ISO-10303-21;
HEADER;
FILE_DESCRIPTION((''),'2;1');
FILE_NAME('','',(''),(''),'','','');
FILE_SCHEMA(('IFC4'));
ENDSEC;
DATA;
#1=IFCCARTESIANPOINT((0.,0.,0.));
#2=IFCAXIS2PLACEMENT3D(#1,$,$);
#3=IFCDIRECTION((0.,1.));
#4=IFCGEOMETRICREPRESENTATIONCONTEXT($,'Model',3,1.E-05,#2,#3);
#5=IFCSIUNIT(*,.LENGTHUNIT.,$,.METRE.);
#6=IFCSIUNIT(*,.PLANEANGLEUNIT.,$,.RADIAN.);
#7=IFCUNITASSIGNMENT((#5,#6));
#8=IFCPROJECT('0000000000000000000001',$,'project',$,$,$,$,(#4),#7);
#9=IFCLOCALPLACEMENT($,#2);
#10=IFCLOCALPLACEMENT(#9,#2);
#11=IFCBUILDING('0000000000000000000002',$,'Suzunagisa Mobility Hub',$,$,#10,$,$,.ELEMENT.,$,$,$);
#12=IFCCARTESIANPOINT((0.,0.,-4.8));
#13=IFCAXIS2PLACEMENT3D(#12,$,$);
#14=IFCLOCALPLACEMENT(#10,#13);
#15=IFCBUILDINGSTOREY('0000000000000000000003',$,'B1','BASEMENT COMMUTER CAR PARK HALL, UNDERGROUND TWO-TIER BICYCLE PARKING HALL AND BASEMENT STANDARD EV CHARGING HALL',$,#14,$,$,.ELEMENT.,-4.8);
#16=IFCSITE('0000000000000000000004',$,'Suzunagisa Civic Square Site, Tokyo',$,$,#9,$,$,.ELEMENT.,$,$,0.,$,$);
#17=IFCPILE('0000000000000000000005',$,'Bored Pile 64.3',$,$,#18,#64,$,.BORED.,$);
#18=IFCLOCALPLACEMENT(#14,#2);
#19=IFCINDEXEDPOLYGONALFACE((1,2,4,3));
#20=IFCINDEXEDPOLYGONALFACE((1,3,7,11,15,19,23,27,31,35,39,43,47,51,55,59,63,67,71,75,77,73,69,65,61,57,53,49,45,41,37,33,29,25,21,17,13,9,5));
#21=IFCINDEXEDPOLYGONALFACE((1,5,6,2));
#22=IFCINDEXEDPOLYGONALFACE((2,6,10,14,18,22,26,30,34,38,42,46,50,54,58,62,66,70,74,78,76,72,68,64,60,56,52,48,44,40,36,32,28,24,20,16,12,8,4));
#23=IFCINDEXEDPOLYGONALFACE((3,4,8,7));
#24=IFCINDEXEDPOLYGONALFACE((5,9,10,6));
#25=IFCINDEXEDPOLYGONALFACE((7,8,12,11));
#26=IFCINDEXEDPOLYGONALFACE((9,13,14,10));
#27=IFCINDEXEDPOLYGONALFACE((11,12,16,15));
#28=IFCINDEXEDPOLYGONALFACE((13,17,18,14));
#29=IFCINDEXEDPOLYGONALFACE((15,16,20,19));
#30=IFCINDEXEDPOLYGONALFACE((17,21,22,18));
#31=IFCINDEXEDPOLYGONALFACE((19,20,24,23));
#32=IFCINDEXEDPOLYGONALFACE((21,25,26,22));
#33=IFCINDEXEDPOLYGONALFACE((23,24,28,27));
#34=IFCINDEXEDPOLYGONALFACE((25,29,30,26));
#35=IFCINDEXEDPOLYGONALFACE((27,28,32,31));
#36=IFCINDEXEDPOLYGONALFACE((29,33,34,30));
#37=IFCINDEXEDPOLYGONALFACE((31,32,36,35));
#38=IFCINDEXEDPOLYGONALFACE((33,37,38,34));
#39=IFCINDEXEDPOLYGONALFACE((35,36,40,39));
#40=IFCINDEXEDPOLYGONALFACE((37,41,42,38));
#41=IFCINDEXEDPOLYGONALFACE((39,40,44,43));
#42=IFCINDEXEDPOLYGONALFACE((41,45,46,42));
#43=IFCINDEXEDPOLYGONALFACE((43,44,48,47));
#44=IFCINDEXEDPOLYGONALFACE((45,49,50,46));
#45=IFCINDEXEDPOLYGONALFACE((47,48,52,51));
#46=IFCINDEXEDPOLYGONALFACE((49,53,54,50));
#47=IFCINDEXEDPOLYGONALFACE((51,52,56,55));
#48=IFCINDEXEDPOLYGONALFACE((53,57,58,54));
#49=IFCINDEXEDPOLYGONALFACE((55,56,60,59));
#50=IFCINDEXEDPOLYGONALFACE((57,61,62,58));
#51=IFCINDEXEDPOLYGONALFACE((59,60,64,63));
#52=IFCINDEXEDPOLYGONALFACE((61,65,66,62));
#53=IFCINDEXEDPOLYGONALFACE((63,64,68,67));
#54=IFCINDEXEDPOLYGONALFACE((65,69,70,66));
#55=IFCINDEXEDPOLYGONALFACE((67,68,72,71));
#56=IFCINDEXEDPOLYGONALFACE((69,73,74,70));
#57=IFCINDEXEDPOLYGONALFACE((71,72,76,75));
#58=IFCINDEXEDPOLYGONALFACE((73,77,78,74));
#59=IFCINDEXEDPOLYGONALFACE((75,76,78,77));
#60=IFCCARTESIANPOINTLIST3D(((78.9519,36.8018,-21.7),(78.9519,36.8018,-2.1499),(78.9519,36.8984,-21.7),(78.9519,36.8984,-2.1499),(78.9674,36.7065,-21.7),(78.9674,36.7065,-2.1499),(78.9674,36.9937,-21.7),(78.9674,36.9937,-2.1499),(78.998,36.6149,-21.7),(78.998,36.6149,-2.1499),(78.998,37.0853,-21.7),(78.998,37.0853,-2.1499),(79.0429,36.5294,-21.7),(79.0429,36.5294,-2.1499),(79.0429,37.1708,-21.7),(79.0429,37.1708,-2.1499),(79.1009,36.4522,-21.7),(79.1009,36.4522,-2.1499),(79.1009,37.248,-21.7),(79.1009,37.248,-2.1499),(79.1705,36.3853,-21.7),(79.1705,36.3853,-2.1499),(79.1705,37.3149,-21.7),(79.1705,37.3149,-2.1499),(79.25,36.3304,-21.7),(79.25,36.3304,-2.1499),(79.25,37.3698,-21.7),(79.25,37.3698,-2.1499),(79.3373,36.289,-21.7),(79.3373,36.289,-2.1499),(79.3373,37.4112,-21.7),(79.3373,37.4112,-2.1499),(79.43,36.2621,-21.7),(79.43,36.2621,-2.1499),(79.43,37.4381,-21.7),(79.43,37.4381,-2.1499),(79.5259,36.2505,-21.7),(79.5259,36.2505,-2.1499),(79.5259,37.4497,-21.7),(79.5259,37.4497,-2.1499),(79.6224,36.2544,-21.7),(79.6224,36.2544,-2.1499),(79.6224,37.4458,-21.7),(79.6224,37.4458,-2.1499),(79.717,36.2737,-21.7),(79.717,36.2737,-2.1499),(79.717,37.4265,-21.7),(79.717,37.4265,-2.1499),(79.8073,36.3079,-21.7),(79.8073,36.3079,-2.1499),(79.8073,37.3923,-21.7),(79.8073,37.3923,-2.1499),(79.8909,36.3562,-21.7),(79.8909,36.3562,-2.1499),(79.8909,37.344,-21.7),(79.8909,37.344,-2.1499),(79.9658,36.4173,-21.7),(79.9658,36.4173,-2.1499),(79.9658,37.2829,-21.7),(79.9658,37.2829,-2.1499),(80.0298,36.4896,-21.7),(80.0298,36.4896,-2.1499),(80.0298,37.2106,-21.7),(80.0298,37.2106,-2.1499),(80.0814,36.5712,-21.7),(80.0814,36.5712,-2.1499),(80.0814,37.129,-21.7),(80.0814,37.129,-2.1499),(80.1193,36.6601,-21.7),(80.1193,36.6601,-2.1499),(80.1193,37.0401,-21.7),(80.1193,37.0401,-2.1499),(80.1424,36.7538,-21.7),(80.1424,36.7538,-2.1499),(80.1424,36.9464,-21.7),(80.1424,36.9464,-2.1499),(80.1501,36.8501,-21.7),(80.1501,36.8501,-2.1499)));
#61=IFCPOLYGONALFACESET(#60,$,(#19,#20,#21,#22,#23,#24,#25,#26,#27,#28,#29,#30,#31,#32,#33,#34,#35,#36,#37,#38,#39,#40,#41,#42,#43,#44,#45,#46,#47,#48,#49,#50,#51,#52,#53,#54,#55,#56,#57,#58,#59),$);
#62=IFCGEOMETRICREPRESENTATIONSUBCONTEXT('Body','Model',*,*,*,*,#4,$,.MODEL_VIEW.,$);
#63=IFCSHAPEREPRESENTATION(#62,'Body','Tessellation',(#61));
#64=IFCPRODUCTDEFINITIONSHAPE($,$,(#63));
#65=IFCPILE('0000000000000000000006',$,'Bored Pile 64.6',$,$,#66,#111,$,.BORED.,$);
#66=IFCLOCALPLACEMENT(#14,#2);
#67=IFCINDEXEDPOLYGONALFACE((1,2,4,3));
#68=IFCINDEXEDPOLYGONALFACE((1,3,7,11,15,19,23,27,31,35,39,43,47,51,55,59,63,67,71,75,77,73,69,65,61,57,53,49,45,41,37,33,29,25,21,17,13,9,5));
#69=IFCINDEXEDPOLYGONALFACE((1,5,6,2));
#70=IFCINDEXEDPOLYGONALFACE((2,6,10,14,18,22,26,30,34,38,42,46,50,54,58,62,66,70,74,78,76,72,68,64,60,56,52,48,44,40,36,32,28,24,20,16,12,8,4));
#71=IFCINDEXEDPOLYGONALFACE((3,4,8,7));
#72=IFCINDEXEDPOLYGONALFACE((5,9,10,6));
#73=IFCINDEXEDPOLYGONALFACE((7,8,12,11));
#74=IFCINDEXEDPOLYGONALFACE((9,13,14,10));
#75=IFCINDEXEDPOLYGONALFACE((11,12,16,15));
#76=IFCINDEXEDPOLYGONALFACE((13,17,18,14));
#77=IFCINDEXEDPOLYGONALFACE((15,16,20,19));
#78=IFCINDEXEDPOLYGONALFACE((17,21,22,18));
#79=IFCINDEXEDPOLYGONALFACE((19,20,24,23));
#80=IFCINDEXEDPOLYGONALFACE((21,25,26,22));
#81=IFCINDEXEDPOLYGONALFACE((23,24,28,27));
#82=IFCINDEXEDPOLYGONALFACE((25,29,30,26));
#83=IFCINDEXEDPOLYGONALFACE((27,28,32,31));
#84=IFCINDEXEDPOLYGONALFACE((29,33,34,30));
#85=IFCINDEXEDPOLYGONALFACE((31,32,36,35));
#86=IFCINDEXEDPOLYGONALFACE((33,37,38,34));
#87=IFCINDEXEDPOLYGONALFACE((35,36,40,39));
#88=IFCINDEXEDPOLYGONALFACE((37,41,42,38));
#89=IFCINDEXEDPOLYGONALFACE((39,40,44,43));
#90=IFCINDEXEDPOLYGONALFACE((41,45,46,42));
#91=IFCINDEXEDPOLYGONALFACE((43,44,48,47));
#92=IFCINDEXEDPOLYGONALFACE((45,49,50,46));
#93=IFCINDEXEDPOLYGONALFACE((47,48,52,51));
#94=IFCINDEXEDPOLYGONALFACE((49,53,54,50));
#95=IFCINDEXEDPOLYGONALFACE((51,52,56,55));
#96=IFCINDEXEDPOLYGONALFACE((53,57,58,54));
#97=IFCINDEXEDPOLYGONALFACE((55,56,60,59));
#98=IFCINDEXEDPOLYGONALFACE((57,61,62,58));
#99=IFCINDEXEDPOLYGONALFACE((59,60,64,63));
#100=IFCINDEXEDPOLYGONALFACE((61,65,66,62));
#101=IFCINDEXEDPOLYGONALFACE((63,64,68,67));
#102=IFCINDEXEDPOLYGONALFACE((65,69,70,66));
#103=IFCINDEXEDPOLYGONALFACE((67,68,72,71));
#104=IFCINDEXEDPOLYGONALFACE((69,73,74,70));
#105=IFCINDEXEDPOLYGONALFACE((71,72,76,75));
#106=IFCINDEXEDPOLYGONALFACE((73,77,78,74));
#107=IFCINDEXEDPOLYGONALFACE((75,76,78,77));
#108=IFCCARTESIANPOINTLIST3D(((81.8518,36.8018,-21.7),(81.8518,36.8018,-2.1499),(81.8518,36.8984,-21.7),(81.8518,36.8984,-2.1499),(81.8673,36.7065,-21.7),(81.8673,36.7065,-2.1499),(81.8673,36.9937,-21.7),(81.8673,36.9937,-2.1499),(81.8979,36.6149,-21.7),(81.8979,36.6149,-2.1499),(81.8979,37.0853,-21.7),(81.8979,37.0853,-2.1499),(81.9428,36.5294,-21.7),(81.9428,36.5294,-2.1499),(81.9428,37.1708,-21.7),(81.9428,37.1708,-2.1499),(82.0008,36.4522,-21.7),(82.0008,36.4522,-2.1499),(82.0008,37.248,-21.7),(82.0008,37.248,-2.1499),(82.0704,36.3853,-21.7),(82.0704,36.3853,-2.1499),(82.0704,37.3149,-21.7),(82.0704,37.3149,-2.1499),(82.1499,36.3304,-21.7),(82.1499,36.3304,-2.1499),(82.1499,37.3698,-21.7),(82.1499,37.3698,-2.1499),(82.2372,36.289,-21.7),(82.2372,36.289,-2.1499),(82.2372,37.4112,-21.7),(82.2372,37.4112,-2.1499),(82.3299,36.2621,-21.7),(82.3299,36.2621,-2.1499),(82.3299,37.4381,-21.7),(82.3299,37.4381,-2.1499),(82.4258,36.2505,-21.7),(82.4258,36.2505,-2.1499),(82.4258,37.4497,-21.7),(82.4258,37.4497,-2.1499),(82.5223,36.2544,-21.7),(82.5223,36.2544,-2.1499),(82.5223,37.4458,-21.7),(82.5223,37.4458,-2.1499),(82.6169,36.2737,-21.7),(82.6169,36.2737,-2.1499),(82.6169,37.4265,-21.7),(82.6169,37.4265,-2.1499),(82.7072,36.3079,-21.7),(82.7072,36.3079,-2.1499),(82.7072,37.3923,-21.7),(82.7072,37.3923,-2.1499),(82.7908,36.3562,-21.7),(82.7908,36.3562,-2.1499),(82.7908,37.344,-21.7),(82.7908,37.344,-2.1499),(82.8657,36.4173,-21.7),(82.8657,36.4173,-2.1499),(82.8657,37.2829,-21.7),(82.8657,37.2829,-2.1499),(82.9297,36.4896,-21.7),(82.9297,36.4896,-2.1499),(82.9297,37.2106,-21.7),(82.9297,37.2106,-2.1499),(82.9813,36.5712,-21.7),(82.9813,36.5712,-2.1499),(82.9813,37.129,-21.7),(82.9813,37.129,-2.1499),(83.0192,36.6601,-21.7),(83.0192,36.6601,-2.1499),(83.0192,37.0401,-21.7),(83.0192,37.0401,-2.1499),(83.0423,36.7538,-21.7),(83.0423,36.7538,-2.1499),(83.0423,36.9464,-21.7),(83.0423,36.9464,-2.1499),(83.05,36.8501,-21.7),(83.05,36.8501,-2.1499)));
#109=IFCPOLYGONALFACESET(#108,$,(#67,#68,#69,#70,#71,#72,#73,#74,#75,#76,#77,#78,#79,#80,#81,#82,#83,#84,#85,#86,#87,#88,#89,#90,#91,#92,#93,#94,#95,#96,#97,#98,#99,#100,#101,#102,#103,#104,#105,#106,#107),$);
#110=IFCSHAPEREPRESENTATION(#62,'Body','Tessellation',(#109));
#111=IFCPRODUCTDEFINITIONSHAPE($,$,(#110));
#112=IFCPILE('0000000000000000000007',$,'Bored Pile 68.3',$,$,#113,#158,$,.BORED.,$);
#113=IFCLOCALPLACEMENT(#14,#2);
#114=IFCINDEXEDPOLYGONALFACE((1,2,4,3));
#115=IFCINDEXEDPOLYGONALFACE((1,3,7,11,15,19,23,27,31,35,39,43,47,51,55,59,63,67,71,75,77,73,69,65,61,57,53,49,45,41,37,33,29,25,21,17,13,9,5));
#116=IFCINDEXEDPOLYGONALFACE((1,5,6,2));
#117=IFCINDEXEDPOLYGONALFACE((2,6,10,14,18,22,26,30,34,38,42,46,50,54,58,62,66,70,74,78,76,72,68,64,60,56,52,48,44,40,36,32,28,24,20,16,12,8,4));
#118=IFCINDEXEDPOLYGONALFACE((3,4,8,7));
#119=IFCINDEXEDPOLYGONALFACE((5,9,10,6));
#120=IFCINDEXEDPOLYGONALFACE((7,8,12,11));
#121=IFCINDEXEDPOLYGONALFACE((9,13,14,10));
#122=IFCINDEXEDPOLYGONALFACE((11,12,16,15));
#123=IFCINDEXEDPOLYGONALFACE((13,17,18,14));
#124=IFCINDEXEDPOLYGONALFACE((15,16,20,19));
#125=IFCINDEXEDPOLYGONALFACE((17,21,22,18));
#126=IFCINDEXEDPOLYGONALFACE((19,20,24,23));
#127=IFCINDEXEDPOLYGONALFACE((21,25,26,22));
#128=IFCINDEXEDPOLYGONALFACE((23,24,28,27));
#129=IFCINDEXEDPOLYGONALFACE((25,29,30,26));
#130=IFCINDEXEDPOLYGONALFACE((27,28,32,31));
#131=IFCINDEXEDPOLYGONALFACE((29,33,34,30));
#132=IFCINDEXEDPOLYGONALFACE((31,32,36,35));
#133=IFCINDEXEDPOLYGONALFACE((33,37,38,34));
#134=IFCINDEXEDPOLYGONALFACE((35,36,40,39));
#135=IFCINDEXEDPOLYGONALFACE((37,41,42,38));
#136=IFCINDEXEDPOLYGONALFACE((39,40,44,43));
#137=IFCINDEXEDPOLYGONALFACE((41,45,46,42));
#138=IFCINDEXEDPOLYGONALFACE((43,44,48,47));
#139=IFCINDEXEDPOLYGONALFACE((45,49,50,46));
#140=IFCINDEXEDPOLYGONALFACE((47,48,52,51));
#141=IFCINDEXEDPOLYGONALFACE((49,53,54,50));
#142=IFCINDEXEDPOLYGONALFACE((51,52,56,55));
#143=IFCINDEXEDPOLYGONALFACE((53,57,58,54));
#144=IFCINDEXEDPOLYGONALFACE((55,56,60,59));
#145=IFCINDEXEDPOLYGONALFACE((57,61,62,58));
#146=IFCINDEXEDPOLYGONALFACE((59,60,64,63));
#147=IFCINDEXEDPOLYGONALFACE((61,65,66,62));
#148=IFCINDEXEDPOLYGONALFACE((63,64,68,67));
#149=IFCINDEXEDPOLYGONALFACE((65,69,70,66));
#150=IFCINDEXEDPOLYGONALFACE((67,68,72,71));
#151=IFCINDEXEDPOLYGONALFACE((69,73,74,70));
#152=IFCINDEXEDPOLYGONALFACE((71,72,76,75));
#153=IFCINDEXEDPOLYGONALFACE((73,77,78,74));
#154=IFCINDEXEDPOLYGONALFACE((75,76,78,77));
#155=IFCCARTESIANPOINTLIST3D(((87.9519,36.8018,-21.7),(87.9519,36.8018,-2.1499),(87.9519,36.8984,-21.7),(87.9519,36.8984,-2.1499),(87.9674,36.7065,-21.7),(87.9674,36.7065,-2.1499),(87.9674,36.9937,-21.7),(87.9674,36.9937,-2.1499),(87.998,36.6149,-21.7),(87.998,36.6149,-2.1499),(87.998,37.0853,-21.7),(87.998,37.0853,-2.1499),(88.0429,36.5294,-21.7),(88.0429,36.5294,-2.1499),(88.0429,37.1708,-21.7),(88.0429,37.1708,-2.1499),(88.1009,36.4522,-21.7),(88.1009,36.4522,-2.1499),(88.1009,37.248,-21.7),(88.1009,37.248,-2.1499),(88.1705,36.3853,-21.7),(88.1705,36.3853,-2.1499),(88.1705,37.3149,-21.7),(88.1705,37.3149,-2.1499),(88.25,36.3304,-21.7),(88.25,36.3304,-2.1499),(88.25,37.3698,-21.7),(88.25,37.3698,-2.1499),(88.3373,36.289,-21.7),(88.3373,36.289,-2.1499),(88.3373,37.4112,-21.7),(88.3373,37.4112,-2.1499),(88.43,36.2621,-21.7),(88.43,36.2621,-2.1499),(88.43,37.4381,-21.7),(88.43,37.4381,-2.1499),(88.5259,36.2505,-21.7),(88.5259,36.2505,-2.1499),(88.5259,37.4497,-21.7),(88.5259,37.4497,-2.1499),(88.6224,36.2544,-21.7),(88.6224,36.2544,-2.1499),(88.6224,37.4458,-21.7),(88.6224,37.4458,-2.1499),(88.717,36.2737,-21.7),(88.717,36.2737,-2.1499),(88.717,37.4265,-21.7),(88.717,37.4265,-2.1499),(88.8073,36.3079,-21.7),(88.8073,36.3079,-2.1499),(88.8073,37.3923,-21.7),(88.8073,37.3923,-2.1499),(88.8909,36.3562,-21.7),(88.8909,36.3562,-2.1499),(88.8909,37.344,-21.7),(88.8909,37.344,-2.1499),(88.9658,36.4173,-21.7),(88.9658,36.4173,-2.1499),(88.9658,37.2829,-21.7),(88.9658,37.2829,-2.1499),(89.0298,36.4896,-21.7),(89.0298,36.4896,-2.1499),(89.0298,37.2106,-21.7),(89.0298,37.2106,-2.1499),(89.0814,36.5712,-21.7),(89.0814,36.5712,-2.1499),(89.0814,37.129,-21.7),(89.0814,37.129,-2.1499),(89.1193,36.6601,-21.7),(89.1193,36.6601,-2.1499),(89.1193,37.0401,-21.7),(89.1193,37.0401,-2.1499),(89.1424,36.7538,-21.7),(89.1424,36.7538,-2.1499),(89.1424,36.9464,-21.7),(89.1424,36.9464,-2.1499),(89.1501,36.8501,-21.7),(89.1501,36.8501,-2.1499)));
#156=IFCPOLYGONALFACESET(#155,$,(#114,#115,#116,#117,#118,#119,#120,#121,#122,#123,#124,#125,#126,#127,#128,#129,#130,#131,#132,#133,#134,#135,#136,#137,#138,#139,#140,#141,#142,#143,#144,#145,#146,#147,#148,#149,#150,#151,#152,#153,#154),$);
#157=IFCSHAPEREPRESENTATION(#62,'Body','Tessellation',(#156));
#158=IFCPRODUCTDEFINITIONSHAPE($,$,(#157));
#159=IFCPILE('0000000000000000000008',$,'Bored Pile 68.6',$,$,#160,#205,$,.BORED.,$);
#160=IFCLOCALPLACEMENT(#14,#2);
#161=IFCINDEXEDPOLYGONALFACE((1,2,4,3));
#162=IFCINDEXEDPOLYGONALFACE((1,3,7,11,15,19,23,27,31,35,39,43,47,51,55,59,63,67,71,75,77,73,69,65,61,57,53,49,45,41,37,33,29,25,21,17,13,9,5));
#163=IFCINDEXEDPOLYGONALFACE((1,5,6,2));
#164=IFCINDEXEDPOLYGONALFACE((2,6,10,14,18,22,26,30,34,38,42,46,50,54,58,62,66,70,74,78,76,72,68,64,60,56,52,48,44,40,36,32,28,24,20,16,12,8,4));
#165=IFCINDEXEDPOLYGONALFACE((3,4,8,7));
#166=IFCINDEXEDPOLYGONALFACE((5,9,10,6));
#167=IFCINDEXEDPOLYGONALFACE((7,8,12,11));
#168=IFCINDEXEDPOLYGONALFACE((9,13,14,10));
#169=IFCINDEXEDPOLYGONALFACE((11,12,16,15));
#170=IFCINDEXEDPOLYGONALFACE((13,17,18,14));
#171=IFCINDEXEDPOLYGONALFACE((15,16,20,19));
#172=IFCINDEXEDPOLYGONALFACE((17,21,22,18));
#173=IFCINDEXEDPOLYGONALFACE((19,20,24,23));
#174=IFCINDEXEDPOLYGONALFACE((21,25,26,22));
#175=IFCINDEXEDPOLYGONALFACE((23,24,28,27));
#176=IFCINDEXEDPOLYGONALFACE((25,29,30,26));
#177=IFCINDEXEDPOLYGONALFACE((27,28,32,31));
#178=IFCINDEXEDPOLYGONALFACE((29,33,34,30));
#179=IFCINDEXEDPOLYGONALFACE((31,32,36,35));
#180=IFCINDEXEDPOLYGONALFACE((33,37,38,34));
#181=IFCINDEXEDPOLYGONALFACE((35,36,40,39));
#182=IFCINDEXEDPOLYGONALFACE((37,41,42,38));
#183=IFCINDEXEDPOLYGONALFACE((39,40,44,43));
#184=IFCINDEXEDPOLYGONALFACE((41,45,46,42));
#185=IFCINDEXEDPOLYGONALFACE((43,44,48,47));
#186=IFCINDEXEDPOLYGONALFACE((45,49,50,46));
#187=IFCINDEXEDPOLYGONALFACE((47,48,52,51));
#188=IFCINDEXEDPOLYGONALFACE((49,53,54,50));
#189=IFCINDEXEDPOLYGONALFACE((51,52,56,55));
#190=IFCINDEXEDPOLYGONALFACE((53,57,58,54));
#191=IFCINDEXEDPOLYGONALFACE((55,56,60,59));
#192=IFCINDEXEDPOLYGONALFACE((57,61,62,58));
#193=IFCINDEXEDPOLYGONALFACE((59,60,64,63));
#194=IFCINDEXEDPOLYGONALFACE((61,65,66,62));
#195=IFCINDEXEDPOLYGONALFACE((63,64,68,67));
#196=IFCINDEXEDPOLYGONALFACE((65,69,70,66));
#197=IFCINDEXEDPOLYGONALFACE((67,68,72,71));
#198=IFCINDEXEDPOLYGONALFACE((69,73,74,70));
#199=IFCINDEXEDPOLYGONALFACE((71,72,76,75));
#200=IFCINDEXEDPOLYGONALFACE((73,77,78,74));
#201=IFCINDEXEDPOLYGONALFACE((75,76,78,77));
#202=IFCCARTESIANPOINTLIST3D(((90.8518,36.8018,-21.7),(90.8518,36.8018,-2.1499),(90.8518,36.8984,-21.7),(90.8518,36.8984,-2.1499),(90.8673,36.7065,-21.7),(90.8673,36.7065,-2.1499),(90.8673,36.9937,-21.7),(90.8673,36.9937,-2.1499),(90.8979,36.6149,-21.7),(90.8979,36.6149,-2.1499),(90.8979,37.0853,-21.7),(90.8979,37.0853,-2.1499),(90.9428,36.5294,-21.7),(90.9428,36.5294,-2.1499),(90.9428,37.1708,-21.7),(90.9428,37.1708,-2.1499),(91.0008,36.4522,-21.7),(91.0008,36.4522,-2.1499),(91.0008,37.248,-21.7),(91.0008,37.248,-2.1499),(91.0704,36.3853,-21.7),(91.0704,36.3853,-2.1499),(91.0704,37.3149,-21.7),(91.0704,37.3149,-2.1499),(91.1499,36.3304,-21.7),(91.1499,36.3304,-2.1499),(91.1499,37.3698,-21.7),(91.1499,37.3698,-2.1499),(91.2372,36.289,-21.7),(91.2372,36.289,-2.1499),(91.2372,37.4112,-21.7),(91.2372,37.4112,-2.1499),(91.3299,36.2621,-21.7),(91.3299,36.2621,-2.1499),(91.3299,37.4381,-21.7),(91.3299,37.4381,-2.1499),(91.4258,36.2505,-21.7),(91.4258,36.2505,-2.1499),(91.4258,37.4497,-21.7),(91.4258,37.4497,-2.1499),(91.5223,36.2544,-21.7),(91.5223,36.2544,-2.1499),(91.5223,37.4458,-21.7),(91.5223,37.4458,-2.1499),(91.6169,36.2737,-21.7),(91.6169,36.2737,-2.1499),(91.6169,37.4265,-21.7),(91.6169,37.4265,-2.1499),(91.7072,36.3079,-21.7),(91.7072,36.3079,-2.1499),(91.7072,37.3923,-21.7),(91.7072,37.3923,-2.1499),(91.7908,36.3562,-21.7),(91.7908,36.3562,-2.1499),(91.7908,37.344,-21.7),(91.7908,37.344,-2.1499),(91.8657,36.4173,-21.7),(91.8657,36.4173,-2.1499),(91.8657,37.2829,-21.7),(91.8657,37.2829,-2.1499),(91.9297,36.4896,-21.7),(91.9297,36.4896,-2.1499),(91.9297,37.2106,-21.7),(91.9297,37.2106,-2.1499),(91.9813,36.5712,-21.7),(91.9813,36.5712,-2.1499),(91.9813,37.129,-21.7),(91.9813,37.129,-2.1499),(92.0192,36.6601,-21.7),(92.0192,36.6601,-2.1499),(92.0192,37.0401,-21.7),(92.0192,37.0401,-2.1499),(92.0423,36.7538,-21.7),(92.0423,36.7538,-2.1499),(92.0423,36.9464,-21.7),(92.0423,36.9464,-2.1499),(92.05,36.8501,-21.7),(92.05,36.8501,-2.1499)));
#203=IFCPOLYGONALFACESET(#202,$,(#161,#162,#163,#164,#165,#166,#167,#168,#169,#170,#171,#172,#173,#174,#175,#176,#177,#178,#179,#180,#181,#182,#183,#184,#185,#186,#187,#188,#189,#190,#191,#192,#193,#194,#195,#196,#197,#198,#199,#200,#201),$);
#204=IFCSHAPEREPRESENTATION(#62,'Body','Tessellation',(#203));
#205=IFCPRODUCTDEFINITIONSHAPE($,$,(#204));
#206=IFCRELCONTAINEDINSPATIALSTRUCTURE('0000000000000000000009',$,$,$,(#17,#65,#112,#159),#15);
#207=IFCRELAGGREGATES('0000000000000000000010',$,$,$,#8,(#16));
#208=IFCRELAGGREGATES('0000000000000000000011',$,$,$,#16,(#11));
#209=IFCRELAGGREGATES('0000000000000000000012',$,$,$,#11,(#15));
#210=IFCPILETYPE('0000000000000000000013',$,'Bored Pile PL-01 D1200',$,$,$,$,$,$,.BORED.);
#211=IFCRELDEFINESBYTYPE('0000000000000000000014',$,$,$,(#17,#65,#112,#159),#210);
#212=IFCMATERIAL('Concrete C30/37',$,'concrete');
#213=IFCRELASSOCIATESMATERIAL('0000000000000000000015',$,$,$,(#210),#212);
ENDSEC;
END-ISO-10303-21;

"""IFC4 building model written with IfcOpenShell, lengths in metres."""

from ifc_helpers import new_model, si_unit, direction, frame, origin, origin_2d, place, context, subcontext, project, spatial, circle, extrude, material, material_profile, profile_set, type_object, element, save


model = new_model("IFC4")

# Units and contexts
model_context = context("Model", 3, precision=1e-05, world=origin(), true_north=direction((0.0, 1.0)))
body_context = subcontext(model_context, "Body", "Model", "MODEL_VIEW")
ifc_project = project(units=[si_unit("LENGTHUNIT", "METRE"), si_unit("PLANEANGLEUNIT", "RADIAN")], contexts=[model_context])

# Site, building, storey
site_placement = place(None, origin())
site = spatial("IfcSite", under=ifc_project, at=site_placement, Name="Suzunagisa Civic Square Site, Tokyo", CompositionType="ELEMENT", RefElevation=0.0)
building_placement = place(site_placement, origin())
building = spatial("IfcBuilding", under=site, at=building_placement, Name="Suzunagisa Mobility Hub", CompositionType="ELEMENT")
storey_placement = place(building_placement, frame((0.0, 0.0, -4.8)))
storey = spatial("IfcBuildingStorey", under=building, at=storey_placement, Name="B1", Description="BASEMENT COMMUTER CAR PARK HALL, UNDERGROUND TWO-TIER BICYCLE PARKING HALL AND BASEMENT STANDARD EV CHARGING HALL", CompositionType="ELEMENT", Elevation=-4.8)

# Piles
ifc_material_1 = material(Name="Concrete C30/37", Category="concrete")
ifc_material_profile_1 = material_profile(ifc_material_1, circle(Radius=0.6001, at=origin_2d()), Name="BORED PILE D1200")
ifc_profile_set_1 = profile_set([ifc_material_profile_1], Name="Concrete C30/37")
pile_type_1 = type_object("IfcPileType", Name="Bored Pile PL-01 D1200", PredefinedType="BORED", material=ifc_profile_set_1)
for number, where, z_axis, x_axis, name in (
    (1, (79.55, 36.8501, -2.1499), (0.0, 0.0, -1.0), (1.0, 0.0, 0.0), "Bored Pile 64.3"),
    (2, (82.45, 36.8501, -2.1499), (0.0, 0.0, -1.0), (1.0, 0.0, 0.0), "Bored Pile 64.6"),
    (3, (88.55, 36.8501, -2.1499), (0.0, 0.0, -1.0), (1.0, 0.0, 0.0), "Bored Pile 68.3"),
    (4, (91.45, 36.8501, -2.1499), (0.0, 0.0, -1.0), (1.0, 0.0, 0.0), "Bored Pile 68.6"),
):
    element("IfcPile", number, at=place(storey_placement, frame(where, z_axis=z_axis, x_axis=x_axis)), inside=storey, type_object=pile_type_1, Name=name, PredefinedType="BORED", context=body_context, shape_type="SweptSolid", body=[
        extrude(circle(Radius=0.6001, at=origin_2d()), origin(), (0.0, 0.0, 1.0), 19.55),
    ])

save(model, "model.ifc")
